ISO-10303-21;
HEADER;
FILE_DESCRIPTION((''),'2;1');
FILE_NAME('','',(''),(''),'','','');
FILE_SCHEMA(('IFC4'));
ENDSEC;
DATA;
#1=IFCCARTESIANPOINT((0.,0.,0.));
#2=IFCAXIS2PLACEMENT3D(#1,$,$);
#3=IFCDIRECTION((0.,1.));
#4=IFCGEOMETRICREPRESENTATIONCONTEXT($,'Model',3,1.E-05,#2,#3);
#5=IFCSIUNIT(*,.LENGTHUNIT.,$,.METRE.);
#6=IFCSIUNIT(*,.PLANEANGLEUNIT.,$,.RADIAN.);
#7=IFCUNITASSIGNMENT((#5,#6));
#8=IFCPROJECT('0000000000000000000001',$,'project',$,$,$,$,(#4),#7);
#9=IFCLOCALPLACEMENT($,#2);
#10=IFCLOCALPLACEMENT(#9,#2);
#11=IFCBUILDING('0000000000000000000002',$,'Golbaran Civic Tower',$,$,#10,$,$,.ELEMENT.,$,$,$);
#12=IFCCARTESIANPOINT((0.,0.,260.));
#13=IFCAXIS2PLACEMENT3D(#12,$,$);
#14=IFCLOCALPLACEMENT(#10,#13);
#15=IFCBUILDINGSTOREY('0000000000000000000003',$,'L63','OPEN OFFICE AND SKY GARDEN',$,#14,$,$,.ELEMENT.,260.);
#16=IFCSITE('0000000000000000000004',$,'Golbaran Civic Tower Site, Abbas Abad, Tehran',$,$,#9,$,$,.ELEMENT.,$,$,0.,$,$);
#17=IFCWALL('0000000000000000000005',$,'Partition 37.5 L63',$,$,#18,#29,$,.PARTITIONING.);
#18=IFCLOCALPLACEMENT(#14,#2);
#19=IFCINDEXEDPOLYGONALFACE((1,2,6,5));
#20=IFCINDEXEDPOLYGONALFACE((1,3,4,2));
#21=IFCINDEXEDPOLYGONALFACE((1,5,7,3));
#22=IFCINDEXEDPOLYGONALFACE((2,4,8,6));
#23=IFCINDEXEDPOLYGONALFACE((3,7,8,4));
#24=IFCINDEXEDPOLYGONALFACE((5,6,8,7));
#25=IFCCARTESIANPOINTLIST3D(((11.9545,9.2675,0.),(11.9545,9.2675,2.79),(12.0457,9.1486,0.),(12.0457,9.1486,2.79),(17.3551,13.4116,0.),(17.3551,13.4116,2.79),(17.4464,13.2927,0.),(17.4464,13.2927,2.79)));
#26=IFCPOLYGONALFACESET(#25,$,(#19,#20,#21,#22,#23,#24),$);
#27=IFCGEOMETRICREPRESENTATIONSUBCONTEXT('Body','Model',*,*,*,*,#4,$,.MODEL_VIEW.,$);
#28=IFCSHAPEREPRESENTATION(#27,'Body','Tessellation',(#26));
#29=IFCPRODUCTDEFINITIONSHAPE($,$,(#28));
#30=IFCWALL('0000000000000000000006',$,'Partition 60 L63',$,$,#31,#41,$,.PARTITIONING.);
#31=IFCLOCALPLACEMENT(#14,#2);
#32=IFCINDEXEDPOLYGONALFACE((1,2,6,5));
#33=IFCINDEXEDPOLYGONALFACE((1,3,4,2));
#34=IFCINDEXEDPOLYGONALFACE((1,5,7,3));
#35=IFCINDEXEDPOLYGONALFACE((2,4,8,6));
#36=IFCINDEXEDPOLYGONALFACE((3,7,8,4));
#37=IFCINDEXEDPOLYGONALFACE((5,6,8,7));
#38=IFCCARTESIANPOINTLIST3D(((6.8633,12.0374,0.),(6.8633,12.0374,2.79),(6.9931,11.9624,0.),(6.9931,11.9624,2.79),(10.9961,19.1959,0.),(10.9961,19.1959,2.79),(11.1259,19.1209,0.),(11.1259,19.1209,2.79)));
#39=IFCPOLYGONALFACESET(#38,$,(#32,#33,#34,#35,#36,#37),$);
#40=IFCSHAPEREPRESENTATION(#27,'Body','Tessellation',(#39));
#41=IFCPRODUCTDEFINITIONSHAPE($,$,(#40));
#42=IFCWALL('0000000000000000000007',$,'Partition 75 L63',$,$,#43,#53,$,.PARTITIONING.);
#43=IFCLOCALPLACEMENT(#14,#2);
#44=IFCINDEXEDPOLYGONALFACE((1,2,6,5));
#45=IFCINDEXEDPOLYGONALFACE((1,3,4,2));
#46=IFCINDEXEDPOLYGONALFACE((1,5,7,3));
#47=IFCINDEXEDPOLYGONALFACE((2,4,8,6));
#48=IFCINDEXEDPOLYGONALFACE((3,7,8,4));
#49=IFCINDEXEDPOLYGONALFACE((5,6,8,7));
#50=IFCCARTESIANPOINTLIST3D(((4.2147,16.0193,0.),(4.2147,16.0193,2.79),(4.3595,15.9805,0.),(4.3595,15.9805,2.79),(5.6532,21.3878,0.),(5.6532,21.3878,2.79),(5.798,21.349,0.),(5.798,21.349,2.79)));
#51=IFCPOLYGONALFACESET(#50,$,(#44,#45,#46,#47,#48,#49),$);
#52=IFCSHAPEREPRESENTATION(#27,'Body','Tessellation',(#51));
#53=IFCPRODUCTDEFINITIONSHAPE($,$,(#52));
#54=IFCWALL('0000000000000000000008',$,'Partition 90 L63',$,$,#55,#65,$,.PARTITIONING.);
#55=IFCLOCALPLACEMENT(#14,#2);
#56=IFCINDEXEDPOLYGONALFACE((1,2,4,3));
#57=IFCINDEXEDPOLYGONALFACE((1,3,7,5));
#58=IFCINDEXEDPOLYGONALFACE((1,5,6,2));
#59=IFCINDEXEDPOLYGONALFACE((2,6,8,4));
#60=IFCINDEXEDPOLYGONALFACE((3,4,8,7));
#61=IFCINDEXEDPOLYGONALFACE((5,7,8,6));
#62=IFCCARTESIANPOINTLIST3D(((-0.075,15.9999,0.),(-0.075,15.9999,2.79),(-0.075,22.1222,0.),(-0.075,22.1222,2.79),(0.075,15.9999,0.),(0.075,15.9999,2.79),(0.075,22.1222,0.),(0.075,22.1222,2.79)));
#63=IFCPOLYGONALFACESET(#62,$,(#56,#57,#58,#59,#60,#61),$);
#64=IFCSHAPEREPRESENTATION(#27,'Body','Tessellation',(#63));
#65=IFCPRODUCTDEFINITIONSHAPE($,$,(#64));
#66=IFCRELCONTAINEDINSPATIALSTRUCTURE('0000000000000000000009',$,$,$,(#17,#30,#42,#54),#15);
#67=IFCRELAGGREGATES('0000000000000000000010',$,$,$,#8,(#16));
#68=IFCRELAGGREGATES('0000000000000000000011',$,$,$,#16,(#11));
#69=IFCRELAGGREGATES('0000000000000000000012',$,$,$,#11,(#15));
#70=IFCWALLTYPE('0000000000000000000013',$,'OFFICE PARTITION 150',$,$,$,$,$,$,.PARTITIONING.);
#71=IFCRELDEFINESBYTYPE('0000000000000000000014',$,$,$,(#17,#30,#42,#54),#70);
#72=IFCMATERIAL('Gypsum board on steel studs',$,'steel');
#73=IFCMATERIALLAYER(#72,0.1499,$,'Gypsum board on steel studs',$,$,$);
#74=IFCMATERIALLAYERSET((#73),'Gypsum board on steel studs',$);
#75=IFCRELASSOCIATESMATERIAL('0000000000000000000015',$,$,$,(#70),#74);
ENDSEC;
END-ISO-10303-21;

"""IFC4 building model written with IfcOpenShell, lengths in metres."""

from ifc_helpers import new_model, si_unit, direction, frame, frame_2d, origin, place, context, subcontext, project, spatial, rectangle, extrude, material, layer, layer_set, type_object, element, save


model = new_model("IFC4")

# Units and contexts
model_context = context("Model", 3, precision=1e-05, world=origin(), true_north=direction((0.0, 1.0)))
body_context = subcontext(model_context, "Body", "Model", "MODEL_VIEW")
ifc_project = project(units=[si_unit("LENGTHUNIT", "METRE"), si_unit("PLANEANGLEUNIT", "RADIAN")], contexts=[model_context])

# Site, building, storey
site_placement = place(None, origin())
site = spatial("IfcSite", under=ifc_project, at=site_placement, Name="Golbaran Civic Tower Site, Abbas Abad, Tehran", CompositionType="ELEMENT", RefElevation=0.0)
building_placement = place(site_placement, origin())
building = spatial("IfcBuilding", under=site, at=building_placement, Name="Golbaran Civic Tower", CompositionType="ELEMENT")
storey_placement = place(building_placement, frame((0.0, 0.0, 260.0)))
storey = spatial("IfcBuildingStorey", under=building, at=storey_placement, Name="L63", Description="OPEN OFFICE AND SKY GARDEN", CompositionType="ELEMENT", Elevation=260.0)

# Walls
ifc_material_1 = material(Name="Gypsum board on steel studs", Category="steel")
ifc_layer_1 = layer(ifc_material_1, 0.1499, Name="Gypsum board on steel studs")
ifc_layer_set_1 = layer_set([ifc_layer_1], Name="Gypsum board on steel studs")
wall_type_1 = type_object("IfcWallType", Name="OFFICE PARTITION 150", PredefinedType="PARTITIONING", material=ifc_layer_set_1)
wall_1_placement = place(storey_placement, frame((12.0, 9.208, 0.0), z_axis=(0.0, 0.0, 1.0), x_axis=(0.793354, 0.608761, 0.0)))
element("IfcWall", 1, at=wall_1_placement, inside=storey, type_object=wall_type_1, Name="Partition 37.5 L63", PredefinedType="PARTITIONING", context=body_context, shape_type="SweptSolid", body=[
    extrude(rectangle(XDim=6.8074, YDim=0.1499, at=frame_2d((3.4038, 0.0))), origin(), (0.0, 0.0, 1.0), 2.79),
])
wall_2_placement = place(storey_placement, frame((6.9282, 12.0, 0.0), z_axis=(0.0, 0.0, 1.0), x_axis=(0.499989, 0.866032, 0.0)))
element("IfcWall", 2, at=wall_2_placement, inside=storey, type_object=wall_type_1, Name="Partition 60 L63", PredefinedType="PARTITIONING", context=body_context, shape_type="SweptSolid", body=[
    extrude(rectangle(XDim=8.2659, YDim=0.1499, at=frame_2d((4.1328, 0.0))), origin(), (0.0, 0.0, 1.0), 2.79),
])
wall_3_placement = place(storey_placement, frame((4.2871, 16.0, 0.0), z_axis=(0.0, 0.0, 1.0), x_axis=(0.258822, 0.965925, 0.0)))
element("IfcWall", 3, at=wall_3_placement, inside=storey, type_object=wall_type_1, Name="Partition 75 L63", PredefinedType="PARTITIONING", context=body_context, shape_type="SweptSolid", body=[
    extrude(rectangle(XDim=5.5579, YDim=0.1499, at=frame_2d((2.7788, 0.0))), origin(), (0.0, 0.0, 1.0), 2.79),
])
wall_4_placement = place(storey_placement, frame((0.0, 16.0, 0.0), z_axis=(0.0, 0.0, 1.0), x_axis=(0.0, 1.0, 0.0)))
element("IfcWall", 4, at=wall_4_placement, inside=storey, type_object=wall_type_1, Name="Partition 90 L63", PredefinedType="PARTITIONING", context=body_context, shape_type="SweptSolid", body=[
    extrude(rectangle(XDim=6.1223, YDim=0.1499, at=frame_2d((3.061, 0.0))), origin(), (0.0, 0.0, 1.0), 2.79),
])

save(model, "model.ifc")
